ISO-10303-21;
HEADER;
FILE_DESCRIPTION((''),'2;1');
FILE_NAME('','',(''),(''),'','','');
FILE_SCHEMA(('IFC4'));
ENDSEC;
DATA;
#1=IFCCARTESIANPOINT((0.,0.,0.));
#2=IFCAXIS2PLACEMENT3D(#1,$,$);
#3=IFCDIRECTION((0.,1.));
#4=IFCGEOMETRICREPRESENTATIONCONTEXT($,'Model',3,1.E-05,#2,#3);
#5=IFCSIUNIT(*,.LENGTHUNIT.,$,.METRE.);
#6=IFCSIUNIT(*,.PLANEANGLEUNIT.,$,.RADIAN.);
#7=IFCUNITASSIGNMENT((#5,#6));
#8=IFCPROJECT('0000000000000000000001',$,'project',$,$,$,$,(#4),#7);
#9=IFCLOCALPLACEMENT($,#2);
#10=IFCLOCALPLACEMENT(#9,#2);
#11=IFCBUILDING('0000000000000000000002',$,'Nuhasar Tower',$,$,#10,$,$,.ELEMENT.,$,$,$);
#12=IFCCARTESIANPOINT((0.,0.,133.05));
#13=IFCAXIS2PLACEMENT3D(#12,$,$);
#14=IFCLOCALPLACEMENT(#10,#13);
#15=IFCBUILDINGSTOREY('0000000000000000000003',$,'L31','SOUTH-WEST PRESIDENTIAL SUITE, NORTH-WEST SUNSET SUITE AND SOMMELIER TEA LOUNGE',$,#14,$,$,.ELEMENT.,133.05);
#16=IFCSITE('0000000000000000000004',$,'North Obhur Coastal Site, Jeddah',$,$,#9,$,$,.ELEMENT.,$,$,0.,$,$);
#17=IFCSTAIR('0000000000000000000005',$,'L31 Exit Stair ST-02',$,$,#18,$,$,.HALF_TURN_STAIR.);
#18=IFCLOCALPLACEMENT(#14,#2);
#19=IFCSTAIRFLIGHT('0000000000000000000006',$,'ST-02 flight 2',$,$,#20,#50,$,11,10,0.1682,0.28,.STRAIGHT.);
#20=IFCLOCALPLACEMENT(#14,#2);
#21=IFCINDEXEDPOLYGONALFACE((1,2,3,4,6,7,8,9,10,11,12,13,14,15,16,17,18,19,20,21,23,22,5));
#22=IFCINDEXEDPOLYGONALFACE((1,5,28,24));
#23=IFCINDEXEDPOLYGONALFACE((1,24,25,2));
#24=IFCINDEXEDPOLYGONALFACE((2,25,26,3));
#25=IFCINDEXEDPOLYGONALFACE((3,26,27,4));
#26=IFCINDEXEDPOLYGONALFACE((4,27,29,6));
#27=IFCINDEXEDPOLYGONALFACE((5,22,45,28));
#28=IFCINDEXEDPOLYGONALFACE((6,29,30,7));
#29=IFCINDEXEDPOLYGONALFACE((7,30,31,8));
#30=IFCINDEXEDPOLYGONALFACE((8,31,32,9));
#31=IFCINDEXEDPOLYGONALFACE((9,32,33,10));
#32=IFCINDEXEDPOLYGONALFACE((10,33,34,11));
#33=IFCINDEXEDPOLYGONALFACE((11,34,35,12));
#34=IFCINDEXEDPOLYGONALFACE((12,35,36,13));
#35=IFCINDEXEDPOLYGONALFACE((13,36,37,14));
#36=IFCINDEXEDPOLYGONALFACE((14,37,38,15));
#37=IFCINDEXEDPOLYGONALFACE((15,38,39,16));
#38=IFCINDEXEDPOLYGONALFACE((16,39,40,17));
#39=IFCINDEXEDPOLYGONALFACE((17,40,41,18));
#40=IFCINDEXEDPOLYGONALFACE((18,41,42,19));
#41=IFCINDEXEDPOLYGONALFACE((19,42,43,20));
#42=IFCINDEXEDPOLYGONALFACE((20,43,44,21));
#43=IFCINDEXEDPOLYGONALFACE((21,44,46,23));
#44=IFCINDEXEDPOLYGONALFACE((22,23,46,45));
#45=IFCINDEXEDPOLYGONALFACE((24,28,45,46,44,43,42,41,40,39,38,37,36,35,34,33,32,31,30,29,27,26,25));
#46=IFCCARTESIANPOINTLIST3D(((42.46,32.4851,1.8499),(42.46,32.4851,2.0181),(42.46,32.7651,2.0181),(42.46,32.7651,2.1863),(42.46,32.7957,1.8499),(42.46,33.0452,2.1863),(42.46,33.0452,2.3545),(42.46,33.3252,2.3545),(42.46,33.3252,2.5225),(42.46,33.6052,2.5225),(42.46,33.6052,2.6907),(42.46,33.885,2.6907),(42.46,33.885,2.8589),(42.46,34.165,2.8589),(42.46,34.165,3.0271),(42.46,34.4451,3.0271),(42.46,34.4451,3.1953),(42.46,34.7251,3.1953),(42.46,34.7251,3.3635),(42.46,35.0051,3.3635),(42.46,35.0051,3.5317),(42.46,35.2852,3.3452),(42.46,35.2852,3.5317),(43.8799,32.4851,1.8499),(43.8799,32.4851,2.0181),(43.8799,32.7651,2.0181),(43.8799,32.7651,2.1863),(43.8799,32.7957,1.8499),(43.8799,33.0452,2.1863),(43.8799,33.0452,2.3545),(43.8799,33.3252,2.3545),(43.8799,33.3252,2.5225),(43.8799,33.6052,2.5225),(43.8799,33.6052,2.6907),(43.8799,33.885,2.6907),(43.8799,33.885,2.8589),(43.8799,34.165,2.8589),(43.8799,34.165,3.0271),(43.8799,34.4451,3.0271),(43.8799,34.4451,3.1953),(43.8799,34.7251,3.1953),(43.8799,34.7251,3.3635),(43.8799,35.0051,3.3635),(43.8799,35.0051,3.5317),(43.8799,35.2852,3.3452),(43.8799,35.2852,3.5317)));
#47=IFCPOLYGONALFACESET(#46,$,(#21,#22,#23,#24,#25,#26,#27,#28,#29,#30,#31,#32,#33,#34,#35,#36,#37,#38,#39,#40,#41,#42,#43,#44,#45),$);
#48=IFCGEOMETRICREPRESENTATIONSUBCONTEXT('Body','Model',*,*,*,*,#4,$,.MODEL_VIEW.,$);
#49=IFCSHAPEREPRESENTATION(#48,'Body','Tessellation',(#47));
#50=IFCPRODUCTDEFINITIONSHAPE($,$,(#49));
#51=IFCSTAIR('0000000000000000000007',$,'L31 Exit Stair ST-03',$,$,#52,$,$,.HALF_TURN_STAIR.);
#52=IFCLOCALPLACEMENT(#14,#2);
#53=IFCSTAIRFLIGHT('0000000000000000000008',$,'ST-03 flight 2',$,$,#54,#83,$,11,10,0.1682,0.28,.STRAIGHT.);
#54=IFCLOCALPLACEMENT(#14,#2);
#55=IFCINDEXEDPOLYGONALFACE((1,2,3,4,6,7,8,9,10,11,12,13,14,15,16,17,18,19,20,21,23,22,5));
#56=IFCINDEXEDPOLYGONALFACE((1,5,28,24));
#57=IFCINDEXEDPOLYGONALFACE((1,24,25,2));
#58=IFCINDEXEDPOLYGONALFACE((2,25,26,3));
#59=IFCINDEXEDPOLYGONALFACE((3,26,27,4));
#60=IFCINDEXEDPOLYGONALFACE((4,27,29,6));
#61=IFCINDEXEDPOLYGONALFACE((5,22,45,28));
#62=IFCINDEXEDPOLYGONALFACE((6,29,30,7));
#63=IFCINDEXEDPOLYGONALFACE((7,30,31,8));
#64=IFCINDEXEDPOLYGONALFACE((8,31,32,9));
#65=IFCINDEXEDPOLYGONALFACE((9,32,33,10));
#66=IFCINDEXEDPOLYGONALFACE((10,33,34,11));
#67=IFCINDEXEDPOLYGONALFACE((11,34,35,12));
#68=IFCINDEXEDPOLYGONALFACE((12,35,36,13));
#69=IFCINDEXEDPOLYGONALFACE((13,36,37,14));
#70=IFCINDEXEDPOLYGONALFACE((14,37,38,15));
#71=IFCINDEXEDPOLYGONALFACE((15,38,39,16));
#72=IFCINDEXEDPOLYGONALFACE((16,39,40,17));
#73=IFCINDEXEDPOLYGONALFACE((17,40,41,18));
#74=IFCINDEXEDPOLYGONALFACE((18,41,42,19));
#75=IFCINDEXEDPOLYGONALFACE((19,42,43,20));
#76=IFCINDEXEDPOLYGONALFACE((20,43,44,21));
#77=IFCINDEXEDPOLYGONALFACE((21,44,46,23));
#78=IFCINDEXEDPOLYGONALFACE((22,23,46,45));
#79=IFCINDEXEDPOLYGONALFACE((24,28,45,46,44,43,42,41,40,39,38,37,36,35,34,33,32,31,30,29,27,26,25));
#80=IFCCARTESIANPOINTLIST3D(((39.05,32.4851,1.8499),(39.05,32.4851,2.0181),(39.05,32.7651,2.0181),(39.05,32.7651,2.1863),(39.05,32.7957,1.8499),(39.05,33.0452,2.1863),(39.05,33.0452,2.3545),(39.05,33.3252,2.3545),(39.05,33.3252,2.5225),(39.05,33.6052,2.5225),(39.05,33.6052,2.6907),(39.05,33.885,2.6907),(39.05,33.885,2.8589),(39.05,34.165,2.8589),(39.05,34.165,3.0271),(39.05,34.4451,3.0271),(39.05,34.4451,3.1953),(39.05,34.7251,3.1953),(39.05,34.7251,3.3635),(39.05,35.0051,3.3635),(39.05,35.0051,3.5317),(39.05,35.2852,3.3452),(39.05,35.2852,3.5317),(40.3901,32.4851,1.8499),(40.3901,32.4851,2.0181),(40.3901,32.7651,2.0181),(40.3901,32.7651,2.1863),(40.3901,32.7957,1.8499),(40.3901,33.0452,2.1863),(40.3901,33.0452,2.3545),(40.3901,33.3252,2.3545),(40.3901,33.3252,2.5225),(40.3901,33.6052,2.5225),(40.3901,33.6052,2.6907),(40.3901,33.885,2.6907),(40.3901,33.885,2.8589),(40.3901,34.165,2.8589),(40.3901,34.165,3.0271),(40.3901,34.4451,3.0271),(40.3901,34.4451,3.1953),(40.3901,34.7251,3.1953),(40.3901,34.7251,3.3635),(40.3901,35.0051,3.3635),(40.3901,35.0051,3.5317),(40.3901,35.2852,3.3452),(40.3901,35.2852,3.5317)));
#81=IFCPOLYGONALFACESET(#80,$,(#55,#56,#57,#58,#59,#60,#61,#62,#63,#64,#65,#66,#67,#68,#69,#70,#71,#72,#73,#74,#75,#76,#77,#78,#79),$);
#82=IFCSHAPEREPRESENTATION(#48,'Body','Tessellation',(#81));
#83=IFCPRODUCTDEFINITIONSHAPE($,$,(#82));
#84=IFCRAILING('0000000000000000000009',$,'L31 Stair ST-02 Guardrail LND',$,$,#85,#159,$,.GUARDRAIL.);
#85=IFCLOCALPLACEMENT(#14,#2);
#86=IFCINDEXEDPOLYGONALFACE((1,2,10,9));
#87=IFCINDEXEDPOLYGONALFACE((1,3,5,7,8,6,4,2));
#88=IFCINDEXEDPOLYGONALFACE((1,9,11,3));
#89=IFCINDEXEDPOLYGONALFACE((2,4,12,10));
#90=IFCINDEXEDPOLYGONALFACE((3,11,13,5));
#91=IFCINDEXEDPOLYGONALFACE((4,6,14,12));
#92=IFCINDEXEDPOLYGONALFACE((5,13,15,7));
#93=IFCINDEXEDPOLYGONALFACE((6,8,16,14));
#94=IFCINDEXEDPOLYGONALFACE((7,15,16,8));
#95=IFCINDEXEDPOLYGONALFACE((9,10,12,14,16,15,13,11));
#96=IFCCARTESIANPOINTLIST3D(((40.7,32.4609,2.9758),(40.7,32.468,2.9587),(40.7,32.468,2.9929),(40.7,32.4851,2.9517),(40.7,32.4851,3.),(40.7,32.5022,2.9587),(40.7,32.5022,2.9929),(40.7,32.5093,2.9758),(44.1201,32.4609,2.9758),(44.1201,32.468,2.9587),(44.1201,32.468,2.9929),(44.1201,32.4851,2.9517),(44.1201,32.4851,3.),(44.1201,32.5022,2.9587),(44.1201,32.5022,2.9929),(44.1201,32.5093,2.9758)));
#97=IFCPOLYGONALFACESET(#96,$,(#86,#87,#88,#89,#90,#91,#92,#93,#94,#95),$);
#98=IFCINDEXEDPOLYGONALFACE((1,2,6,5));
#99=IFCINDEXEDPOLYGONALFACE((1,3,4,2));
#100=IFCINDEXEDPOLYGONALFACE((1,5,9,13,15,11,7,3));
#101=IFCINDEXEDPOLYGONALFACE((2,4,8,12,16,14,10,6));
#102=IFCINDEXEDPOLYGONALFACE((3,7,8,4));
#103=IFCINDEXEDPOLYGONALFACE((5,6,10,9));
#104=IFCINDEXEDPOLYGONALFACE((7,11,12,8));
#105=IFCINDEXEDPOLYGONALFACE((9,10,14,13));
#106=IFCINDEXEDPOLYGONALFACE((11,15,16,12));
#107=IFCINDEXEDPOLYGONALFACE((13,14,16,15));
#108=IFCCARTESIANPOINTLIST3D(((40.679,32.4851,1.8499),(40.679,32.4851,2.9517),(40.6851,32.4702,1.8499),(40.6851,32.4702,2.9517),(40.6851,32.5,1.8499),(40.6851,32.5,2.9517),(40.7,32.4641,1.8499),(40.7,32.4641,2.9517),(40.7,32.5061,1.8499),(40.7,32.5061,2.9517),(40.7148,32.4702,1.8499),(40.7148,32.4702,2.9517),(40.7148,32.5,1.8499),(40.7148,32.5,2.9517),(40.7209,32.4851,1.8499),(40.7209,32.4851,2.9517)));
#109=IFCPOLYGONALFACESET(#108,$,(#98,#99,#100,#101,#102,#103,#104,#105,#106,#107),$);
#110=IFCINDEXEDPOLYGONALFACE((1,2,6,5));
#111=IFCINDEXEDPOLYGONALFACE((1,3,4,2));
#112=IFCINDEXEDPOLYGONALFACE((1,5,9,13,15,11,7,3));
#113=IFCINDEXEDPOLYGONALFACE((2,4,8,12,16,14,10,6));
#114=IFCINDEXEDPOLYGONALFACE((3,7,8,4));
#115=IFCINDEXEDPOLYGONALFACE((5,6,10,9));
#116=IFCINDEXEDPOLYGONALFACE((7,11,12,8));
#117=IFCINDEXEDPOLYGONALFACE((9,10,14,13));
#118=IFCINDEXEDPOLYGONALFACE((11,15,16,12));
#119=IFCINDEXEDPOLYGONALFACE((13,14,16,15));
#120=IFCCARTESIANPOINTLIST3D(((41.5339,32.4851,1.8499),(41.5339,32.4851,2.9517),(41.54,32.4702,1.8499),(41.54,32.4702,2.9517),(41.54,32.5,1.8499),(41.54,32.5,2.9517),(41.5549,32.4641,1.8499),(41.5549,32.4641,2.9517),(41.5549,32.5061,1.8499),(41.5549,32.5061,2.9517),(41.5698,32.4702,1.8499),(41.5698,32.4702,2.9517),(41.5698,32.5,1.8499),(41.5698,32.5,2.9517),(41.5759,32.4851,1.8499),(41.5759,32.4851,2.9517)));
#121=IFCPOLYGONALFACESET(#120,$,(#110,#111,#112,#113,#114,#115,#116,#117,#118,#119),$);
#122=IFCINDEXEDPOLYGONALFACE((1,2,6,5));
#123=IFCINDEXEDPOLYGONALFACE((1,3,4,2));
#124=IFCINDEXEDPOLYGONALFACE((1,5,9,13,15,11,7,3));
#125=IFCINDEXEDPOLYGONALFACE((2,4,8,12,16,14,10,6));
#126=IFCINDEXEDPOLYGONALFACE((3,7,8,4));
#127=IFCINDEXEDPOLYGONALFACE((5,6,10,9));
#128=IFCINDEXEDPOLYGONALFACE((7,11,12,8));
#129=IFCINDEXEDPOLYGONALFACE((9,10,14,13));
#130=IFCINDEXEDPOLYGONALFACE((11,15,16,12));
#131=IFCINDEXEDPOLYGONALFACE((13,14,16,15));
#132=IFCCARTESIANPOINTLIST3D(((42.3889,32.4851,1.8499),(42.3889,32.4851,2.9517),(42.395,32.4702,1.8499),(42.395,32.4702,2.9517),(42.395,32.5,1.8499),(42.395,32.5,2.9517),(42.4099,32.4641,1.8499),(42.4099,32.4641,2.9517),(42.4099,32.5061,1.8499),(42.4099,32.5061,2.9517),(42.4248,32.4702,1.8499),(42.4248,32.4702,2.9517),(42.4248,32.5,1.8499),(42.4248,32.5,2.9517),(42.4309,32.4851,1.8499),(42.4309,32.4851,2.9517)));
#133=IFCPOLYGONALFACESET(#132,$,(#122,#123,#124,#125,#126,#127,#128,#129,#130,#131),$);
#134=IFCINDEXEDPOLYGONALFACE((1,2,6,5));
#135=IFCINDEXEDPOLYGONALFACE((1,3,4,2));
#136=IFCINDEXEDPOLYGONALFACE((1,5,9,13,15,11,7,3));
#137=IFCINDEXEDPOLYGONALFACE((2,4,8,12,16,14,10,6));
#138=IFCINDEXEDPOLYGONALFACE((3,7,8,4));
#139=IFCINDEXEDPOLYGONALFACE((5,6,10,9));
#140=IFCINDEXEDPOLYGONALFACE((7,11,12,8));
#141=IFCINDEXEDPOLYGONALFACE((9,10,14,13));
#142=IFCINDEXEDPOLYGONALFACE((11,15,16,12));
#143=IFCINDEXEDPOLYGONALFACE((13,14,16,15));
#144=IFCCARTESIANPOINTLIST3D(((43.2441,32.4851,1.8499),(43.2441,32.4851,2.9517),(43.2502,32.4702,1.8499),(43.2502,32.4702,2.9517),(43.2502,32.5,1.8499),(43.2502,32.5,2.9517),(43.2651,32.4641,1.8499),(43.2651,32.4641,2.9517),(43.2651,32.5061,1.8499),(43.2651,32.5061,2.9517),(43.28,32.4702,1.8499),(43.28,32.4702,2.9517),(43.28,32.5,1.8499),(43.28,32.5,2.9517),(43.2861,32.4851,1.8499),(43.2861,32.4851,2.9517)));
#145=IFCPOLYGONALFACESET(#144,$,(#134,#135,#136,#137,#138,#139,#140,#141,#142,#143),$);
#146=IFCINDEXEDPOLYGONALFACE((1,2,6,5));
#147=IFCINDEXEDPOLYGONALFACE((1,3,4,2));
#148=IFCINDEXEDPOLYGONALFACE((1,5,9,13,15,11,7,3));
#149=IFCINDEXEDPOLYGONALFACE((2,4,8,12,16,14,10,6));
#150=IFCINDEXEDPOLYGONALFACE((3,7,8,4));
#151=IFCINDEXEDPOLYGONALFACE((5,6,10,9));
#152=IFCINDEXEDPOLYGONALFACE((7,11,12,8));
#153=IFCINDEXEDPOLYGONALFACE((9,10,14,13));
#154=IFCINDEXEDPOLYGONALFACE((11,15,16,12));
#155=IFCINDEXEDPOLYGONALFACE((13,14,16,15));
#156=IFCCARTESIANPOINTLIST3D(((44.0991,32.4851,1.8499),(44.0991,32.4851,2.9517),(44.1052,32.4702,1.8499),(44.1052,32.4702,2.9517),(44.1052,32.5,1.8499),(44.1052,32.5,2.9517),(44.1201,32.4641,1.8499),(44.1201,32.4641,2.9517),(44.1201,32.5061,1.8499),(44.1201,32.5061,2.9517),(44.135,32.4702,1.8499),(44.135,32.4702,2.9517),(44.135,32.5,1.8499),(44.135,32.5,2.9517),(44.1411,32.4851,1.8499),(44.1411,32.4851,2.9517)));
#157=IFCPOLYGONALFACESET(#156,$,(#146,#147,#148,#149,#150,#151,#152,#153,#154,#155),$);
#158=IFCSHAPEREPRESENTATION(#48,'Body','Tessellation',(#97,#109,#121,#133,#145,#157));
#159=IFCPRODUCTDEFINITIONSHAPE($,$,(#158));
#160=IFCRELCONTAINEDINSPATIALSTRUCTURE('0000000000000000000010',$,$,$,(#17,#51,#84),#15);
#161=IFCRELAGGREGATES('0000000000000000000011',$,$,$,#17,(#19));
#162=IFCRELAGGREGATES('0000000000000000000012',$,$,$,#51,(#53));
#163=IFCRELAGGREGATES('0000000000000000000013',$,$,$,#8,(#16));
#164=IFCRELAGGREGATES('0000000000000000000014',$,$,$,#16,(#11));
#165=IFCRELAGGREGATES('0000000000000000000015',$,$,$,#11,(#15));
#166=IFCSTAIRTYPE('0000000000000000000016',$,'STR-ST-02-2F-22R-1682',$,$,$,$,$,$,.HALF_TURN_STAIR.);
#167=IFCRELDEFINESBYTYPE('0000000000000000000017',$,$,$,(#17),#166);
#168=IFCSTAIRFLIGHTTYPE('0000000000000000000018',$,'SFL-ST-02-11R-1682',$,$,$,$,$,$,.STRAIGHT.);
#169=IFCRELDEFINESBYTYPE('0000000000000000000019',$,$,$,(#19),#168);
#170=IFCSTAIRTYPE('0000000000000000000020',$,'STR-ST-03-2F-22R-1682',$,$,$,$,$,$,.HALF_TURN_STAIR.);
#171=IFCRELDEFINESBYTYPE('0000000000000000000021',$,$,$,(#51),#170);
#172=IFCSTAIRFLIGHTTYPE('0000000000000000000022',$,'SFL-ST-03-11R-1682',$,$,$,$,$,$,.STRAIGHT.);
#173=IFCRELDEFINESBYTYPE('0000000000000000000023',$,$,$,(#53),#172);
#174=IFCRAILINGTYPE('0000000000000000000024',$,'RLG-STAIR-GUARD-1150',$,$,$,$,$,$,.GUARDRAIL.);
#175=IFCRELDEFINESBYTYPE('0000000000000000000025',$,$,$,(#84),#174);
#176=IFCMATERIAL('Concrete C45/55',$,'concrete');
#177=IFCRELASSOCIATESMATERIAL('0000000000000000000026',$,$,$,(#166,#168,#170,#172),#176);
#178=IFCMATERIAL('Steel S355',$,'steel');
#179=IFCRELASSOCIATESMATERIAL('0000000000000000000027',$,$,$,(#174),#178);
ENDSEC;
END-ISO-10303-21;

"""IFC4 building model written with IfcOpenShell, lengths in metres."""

from ifc_helpers import new_model, si_unit, direction, frame, origin, place, context, subcontext, project, spatial, polyline, outline, extrude, material, type_object, element, aggregate, save


model = new_model("IFC4")

# Units and contexts
model_context = context("Model", 3, precision=1e-05, world=origin(), true_north=direction((0.0, 1.0)))
body_context = subcontext(model_context, "Body", "Model", "MODEL_VIEW")
ifc_project = project(units=[si_unit("LENGTHUNIT", "METRE"), si_unit("PLANEANGLEUNIT", "RADIAN")], contexts=[model_context])

# Site, building, storey
site_placement = place(None, origin())
site = spatial("IfcSite", under=ifc_project, at=site_placement, Name="North Obhur Coastal Site, Jeddah", CompositionType="ELEMENT", RefElevation=0.0)
building_placement = place(site_placement, origin())
building = spatial("IfcBuilding", under=site, at=building_placement, Name="Nuhasar Tower", CompositionType="ELEMENT")
storey_placement = place(building_placement, frame((0.0, 0.0, 133.05)))
storey = spatial("IfcBuildingStorey", under=building, at=storey_placement, Name="L31", Description="SOUTH-WEST PRESIDENTIAL SUITE, NORTH-WEST SUNSET SUITE AND SOMMELIER TEA LOUNGE", CompositionType="ELEMENT", Elevation=133.05)

# Shared definitions
ifc_material_1 = material(Name="Steel S355", Category="steel")

# Shared definitions
ifc_material_2 = material(Name="Concrete C45/55", Category="concrete")

# Stair, stair flight
stair_type_1 = type_object("IfcStairType", Name="STR-ST-02-2F-22R-1682", PredefinedType="HALF_TURN_STAIR", material=ifc_material_2)
stair_1_placement = place(storey_placement, origin())
stair_1 = element("IfcStair", 1, at=stair_1_placement, inside=storey, type_object=stair_type_1, Name="L31 Exit Stair ST-02", PredefinedType="HALF_TURN_STAIR")
stair_flight_type_1 = type_object("IfcStairFlightType", Name="SFL-ST-02-11R-1682", PredefinedType="STRAIGHT", material=ifc_material_2)
stair_flight_1_placement = place(storey_placement, frame((43.1699, 32.4851, 1.8499), z_axis=(0.0, 0.0, 1.0), x_axis=(0.0, 1.0, 0.0)))
stair_flight_1 = element("IfcStairFlight", 2, at=stair_flight_1_placement, type_object=stair_flight_type_1, Name="ST-02 flight 2", NumberOfRisers=11, NumberOfTreads=10, PredefinedType="STRAIGHT", RiserHeight=0.1682, TreadLength=0.28, context=body_context, shape_type="SweptSolid", body=[
    extrude(outline(polyline([(0.0, 0.0), (0.0, 0.1682), (0.28, 0.1682), (0.28, 0.3364), (0.5601, 0.3364), (0.5601, 0.5046), (0.8401, 0.5046), (0.8401, 0.6726), (1.1201, 0.6726), (1.1201, 0.8408), (1.3999, 0.8408), (1.3999, 1.009), (1.6799, 1.009), (1.6799, 1.1772), (1.96, 1.1772), (1.96, 1.3455), (2.24, 1.3455), (2.24, 1.5137), (2.52, 1.5137), (2.52, 1.6819), (2.8, 1.6819), (2.8, 1.8501), (2.8, 1.4954), (0.3105, 0.0), (0.0, 0.0)])), frame((0.0, 0.71, 0.0), z_axis=(0.0, -1.0, 0.0), x_axis=(1.0, 0.0, 0.0)), (0.0, 0.0, 1.0), 1.4199),
])
aggregate(stair_1, [stair_flight_1])

# Stair, stair flight
stair_type_2 = type_object("IfcStairType", Name="STR-ST-03-2F-22R-1682", PredefinedType="HALF_TURN_STAIR", material=ifc_material_2)
stair_2_placement = place(storey_placement, origin())
stair_2 = element("IfcStair", 3, at=stair_2_placement, inside=storey, type_object=stair_type_2, Name="L31 Exit Stair ST-03", PredefinedType="HALF_TURN_STAIR")
stair_flight_type_2 = type_object("IfcStairFlightType", Name="SFL-ST-03-11R-1682", PredefinedType="STRAIGHT", material=ifc_material_2)
stair_flight_2_placement = place(storey_placement, frame((39.72, 32.4851, 1.8499), z_axis=(0.0, 0.0, 1.0), x_axis=(0.0, 1.0, 0.0)))
stair_flight_2 = element("IfcStairFlight", 4, at=stair_flight_2_placement, type_object=stair_flight_type_2, Name="ST-03 flight 2", NumberOfRisers=11, NumberOfTreads=10, PredefinedType="STRAIGHT", RiserHeight=0.1682, TreadLength=0.28, context=body_context, shape_type="SweptSolid", body=[
    extrude(outline(polyline([(0.0, 0.0), (0.0, 0.1682), (0.28, 0.1682), (0.28, 0.3364), (0.5601, 0.3364), (0.5601, 0.5046), (0.8401, 0.5046), (0.8401, 0.6726), (1.1201, 0.6726), (1.1201, 0.8408), (1.3999, 0.8408), (1.3999, 1.009), (1.6799, 1.009), (1.6799, 1.1772), (1.96, 1.1772), (1.96, 1.3455), (2.24, 1.3455), (2.24, 1.5137), (2.52, 1.5137), (2.52, 1.6819), (2.8, 1.6819), (2.8, 1.8501), (2.8, 1.4954), (0.3105, 0.0), (0.0, 0.0)])), frame((0.0, 0.6699, 0.0), z_axis=(0.0, -1.0, 0.0), x_axis=(1.0, 0.0, 0.0)), (0.0, 0.0, 1.0), 1.3401),
])
aggregate(stair_2, [stair_flight_2])

# Railing
railing_type_1 = type_object("IfcRailingType", Name="RLG-STAIR-GUARD-1150", PredefinedType="GUARDRAIL", material=ifc_material_1)
railing_1_placement = place(storey_placement, frame((40.7, 32.4851, 1.8499)))
element("IfcRailing", 5, at=railing_1_placement, inside=storey, type_object=railing_type_1, Name="L31 Stair ST-02 Guardrail LND", PredefinedType="GUARDRAIL", context=body_context, shape_type="SweptSolid", body=[
    extrude(outline(polyline([(0.0242, 0.0), (0.0171, 0.0171), (0.0, 0.0242), (-0.0171, 0.0171), (-0.0242, 0.0), (-0.0171, -0.0171), (0.0, -0.0242), (0.0171, -0.0171), (0.0242, 0.0)])), frame((0.0, 0.0, 1.126), z_axis=(1.0, 0.0, 0.0), x_axis=(0.0, 1.0, 0.0)), (0.0, 0.0, 1.0), 3.4202),
    extrude(outline(polyline([(0.021, 0.0), (0.0149, 0.0149), (0.0, 0.021), (-0.0149, 0.0149), (-0.021, 0.0), (-0.0149, -0.0149), (0.0, -0.021), (0.0149, -0.0149), (0.021, 0.0)])), origin(), (0.0, 0.0, 1.0), 1.1018),
    extrude(outline(polyline([(0.021, 0.0), (0.0149, 0.0149), (0.0, 0.021), (-0.0149, 0.0149), (-0.021, 0.0), (-0.0149, -0.0149), (0.0, -0.021), (0.0149, -0.0149), (0.021, 0.0)])), frame((0.855, 0.0, 0.0)), (0.0, 0.0, 1.0), 1.1018),
    extrude(outline(polyline([(0.021, 0.0), (0.0149, 0.0149), (0.0, 0.021), (-0.0149, 0.0149), (-0.021, 0.0), (-0.0149, -0.0149), (0.0, -0.021), (0.0149, -0.0149), (0.021, 0.0)])), frame((1.71, 0.0, 0.0)), (0.0, 0.0, 1.0), 1.1018),
    extrude(outline(polyline([(0.021, 0.0), (0.0149, 0.0149), (0.0, 0.021), (-0.0149, 0.0149), (-0.021, 0.0), (-0.0149, -0.0149), (0.0, -0.021), (0.0149, -0.0149), (0.021, 0.0)])), frame((2.5652, 0.0, 0.0)), (0.0, 0.0, 1.0), 1.1018),
    extrude(outline(polyline([(0.021, 0.0), (0.0149, 0.0149), (0.0, 0.021), (-0.0149, 0.0149), (-0.021, 0.0), (-0.0149, -0.0149), (0.0, -0.021), (0.0149, -0.0149), (0.021, 0.0)])), frame((3.4202, 0.0, 0.0)), (0.0, 0.0, 1.0), 1.1018),
])

save(model, "model.ifc")
